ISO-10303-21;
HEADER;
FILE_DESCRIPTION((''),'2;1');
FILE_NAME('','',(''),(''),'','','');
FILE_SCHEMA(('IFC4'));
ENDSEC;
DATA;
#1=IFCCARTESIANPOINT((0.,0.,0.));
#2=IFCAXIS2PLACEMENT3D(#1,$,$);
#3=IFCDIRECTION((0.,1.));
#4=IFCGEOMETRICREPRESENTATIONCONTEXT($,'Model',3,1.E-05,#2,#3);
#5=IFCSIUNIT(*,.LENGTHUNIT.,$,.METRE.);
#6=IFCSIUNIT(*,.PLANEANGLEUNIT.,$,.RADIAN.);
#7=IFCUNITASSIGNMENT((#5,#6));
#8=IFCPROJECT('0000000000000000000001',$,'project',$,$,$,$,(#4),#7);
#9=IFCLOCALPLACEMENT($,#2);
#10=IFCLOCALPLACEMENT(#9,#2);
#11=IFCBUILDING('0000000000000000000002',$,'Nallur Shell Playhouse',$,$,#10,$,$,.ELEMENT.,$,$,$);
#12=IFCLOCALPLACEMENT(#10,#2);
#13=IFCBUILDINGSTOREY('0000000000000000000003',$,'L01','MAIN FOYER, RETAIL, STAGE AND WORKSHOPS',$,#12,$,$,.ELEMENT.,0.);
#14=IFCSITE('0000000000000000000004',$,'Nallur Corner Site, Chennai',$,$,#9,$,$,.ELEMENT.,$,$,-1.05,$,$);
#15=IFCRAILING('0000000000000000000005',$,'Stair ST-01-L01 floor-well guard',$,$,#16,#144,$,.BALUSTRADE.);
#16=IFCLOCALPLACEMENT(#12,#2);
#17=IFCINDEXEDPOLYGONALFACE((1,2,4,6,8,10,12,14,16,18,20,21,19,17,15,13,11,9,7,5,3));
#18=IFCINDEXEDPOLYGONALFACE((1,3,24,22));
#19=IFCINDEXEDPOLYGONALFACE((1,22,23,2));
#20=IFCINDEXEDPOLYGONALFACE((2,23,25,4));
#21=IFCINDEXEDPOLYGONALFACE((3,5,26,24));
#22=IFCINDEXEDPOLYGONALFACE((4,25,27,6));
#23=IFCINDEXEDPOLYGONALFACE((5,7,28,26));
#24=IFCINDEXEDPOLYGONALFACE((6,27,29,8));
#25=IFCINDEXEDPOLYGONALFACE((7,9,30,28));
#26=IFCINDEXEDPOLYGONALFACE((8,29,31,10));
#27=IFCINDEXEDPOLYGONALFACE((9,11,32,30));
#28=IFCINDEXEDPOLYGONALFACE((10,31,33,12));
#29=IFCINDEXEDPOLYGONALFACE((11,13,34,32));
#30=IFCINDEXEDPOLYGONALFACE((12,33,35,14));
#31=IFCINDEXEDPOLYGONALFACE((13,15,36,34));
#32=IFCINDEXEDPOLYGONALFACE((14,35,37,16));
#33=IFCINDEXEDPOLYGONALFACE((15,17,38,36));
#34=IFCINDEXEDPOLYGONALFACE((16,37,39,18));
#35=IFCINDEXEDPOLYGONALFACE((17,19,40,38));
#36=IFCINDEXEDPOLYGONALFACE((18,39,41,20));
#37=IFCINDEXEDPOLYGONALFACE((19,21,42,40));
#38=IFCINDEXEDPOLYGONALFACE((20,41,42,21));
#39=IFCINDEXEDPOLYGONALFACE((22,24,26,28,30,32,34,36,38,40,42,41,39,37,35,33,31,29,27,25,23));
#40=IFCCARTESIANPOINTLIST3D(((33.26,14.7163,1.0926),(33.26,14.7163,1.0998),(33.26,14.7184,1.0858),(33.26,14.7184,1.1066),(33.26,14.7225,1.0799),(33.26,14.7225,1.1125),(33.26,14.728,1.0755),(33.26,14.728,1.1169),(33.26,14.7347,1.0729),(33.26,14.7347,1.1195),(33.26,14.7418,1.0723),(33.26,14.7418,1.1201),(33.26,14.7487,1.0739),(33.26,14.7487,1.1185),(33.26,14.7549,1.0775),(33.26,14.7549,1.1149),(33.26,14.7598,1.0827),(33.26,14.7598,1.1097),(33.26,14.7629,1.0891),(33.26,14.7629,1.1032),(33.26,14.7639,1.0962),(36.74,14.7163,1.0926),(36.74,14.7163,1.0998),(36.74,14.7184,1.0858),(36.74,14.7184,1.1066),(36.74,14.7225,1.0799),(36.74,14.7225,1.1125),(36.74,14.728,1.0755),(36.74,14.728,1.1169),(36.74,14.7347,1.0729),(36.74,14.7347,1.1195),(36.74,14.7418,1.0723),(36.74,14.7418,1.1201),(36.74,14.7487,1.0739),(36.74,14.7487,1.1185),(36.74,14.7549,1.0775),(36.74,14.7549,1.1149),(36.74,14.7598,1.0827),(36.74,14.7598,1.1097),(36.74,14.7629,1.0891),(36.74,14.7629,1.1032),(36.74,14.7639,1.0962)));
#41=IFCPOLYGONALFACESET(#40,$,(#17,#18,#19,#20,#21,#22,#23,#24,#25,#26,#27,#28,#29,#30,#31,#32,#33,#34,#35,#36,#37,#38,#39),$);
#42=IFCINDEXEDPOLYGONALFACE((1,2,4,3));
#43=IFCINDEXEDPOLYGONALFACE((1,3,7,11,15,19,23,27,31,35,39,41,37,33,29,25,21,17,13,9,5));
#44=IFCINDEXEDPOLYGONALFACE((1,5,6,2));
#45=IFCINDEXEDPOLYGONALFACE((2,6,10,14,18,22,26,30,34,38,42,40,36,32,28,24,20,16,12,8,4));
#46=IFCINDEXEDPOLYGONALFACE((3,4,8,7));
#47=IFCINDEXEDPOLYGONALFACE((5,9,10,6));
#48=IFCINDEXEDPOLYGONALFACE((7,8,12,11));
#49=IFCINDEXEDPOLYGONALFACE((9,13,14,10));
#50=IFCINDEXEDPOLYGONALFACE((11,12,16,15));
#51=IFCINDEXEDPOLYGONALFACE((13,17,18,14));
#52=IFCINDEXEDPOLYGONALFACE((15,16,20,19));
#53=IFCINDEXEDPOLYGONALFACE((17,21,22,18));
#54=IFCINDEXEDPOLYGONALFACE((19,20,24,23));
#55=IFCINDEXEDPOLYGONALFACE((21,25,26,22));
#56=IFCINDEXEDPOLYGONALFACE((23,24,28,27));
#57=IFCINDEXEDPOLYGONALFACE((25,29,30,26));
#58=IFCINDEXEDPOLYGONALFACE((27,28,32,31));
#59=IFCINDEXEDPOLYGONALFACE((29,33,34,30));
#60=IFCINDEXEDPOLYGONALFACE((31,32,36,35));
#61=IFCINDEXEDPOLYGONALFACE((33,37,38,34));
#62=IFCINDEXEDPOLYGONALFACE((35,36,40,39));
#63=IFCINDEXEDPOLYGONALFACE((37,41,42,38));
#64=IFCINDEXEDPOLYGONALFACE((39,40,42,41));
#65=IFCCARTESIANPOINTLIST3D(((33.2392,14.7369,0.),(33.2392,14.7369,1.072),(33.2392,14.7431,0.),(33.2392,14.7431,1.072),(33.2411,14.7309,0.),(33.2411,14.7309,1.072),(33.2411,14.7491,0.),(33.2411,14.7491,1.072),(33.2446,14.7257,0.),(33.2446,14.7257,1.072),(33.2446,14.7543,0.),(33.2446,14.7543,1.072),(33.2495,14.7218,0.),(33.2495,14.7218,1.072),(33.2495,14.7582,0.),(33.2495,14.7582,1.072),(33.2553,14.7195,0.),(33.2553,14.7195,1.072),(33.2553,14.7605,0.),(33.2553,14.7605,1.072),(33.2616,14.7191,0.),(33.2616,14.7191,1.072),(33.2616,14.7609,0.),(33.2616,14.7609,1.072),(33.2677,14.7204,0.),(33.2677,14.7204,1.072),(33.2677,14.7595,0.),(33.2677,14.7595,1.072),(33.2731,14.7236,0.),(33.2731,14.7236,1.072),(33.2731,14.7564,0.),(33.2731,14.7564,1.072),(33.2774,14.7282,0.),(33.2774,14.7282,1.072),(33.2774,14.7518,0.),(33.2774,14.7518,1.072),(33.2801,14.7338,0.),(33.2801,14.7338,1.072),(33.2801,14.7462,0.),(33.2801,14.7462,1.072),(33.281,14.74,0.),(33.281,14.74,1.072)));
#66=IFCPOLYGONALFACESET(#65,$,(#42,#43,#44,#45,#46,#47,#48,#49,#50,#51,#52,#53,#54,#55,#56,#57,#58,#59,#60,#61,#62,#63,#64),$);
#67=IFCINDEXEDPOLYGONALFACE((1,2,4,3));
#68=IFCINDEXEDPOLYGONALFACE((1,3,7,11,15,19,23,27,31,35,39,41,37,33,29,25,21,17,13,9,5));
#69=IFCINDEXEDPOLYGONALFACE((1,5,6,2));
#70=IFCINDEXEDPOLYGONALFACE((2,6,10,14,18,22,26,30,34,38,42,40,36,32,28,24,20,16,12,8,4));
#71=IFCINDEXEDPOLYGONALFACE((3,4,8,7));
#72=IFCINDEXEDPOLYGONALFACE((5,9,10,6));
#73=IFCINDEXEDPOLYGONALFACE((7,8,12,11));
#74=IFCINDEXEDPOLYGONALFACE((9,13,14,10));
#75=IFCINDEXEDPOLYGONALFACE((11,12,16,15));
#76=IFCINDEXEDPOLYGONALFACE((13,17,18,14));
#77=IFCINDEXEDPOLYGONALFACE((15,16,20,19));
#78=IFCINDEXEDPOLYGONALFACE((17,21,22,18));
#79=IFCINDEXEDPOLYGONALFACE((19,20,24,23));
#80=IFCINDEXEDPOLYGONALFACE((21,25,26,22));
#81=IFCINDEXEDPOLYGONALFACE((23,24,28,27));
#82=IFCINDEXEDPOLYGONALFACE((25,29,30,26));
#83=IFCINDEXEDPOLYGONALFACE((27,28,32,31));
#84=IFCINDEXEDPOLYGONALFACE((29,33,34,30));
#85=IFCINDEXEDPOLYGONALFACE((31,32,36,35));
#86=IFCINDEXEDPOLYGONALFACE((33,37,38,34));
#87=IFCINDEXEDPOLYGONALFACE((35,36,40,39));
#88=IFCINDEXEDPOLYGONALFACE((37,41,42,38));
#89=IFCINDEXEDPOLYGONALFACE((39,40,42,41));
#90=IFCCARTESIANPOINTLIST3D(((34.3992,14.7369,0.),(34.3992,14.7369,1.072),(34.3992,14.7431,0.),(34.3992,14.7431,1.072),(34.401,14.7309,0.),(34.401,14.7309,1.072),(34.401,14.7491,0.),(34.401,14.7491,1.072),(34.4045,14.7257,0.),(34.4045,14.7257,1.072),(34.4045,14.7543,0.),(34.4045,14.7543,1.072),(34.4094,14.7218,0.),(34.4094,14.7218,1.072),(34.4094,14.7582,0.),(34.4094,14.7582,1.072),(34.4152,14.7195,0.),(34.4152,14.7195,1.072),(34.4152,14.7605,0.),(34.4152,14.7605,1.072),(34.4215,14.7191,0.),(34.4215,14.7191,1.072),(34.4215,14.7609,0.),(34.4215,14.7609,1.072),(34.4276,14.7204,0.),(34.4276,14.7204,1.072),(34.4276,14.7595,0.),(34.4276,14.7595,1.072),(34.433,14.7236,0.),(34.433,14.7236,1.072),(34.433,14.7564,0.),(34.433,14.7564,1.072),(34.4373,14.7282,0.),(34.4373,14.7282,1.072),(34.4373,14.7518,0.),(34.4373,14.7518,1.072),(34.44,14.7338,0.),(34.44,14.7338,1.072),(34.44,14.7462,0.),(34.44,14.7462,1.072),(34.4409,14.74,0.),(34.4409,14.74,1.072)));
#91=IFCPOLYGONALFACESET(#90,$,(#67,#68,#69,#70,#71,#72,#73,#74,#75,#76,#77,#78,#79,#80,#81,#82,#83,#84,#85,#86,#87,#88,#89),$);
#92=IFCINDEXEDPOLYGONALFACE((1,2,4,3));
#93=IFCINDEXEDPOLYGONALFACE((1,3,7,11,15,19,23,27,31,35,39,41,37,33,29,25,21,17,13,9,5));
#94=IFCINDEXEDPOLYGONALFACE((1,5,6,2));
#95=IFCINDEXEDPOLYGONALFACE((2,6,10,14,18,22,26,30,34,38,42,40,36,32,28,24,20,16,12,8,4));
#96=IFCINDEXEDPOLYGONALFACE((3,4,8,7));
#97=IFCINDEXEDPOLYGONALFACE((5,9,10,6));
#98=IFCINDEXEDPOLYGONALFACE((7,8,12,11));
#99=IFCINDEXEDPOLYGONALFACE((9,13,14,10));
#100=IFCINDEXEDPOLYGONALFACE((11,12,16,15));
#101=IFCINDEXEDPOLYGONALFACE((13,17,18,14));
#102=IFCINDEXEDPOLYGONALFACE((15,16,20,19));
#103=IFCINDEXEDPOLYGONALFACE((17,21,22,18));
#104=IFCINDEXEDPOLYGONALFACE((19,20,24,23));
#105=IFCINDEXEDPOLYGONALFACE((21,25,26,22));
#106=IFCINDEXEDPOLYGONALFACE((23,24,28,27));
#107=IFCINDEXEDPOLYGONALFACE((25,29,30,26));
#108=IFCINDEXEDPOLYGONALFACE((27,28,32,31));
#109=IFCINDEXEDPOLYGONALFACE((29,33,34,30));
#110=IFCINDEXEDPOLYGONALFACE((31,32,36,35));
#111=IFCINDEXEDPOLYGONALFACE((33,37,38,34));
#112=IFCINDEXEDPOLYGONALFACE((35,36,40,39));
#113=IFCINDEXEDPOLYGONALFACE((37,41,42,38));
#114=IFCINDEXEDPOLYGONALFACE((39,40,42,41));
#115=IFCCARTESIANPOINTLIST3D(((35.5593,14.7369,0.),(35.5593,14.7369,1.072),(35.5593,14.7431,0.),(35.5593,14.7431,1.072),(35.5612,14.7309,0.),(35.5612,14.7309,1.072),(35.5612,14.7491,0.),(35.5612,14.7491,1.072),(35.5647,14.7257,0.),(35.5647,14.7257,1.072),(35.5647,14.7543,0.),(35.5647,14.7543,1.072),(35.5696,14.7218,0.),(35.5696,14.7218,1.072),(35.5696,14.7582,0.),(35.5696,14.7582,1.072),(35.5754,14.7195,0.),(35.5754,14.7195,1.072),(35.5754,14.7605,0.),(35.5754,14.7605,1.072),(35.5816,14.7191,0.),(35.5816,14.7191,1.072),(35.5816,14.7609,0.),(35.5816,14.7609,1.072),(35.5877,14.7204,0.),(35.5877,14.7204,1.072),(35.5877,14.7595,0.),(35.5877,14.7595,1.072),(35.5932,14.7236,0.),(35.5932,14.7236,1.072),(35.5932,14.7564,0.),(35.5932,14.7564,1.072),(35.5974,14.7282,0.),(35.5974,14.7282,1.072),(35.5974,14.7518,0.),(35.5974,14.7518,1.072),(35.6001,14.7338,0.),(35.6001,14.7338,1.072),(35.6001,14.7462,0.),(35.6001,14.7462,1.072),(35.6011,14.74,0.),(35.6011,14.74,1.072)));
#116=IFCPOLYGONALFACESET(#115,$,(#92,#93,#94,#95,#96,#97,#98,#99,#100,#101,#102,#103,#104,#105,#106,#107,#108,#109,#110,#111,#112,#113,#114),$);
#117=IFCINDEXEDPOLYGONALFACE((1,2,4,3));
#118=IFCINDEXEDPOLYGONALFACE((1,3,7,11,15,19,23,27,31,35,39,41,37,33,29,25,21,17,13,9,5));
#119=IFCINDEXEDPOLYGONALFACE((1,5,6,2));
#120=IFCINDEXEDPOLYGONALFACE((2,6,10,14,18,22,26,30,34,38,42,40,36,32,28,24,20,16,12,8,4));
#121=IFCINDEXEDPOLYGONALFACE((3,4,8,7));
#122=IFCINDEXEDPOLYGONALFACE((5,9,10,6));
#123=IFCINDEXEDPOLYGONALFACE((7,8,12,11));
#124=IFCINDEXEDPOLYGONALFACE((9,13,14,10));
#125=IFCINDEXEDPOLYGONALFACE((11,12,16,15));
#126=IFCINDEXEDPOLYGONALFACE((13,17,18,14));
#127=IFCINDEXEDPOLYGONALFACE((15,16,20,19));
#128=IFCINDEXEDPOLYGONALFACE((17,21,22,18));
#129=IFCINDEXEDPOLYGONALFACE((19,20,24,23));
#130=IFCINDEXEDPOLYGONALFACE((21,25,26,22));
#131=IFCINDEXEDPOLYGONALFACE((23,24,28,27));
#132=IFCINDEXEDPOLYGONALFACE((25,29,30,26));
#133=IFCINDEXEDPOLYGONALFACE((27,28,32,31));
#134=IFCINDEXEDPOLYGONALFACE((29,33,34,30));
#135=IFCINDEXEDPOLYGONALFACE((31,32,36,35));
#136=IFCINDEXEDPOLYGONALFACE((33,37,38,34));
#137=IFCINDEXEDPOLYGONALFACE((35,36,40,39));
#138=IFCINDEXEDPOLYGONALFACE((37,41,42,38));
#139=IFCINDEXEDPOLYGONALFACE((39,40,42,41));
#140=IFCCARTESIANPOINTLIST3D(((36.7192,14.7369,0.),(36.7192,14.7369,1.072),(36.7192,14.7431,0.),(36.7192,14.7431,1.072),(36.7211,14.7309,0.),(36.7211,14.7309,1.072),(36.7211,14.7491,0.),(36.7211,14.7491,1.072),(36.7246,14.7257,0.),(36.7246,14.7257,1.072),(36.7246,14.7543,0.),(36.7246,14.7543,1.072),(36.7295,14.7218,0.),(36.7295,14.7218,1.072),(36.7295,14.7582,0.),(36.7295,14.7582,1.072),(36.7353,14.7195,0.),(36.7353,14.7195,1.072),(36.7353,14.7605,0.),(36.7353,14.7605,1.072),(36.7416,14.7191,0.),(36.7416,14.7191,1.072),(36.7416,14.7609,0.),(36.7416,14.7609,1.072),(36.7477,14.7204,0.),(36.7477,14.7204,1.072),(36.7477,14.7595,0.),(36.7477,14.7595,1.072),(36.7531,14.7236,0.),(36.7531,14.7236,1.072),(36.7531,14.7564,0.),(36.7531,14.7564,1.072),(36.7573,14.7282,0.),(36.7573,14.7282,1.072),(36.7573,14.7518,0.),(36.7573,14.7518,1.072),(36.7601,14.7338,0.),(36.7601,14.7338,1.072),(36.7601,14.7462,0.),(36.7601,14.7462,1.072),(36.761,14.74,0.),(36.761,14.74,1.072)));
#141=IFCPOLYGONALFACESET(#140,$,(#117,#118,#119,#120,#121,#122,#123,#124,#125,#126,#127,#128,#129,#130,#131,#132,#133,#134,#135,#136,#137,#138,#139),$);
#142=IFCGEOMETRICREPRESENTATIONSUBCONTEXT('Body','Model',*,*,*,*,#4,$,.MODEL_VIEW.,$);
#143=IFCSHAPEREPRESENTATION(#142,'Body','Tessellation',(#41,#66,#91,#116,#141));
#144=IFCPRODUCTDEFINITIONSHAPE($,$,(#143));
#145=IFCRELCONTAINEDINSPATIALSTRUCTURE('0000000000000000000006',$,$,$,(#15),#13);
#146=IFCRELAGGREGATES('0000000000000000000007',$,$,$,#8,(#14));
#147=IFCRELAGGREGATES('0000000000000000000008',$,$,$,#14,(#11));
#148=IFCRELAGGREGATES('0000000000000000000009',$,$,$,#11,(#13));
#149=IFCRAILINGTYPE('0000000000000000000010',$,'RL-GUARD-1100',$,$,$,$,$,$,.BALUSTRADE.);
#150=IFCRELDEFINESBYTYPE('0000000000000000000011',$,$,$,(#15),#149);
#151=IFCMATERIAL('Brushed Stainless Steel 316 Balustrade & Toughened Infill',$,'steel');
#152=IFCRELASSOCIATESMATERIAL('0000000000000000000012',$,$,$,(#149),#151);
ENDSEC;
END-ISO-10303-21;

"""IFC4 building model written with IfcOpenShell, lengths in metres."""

from ifc_helpers import new_model, si_unit, direction, frame, origin, origin_2d, place, context, subcontext, project, spatial, circle, extrude, material, type_object, element, save


model = new_model("IFC4")

# Units and contexts
model_context = context("Model", 3, precision=1e-05, world=origin(), true_north=direction((0.0, 1.0)))
body_context = subcontext(model_context, "Body", "Model", "MODEL_VIEW")
ifc_project = project(units=[si_unit("LENGTHUNIT", "METRE"), si_unit("PLANEANGLEUNIT", "RADIAN")], contexts=[model_context])

# Site, building, storey
site_placement = place(None, origin())
site = spatial("IfcSite", under=ifc_project, at=site_placement, Name="Nallur Corner Site, Chennai", CompositionType="ELEMENT", RefElevation=-1.05)
building_placement = place(site_placement, origin())
building = spatial("IfcBuilding", under=site, at=building_placement, Name="Nallur Shell Playhouse", CompositionType="ELEMENT")
storey_placement = place(building_placement, origin())
storey = spatial("IfcBuildingStorey", under=building, at=storey_placement, Name="L01", Description="MAIN FOYER, RETAIL, STAGE AND WORKSHOPS", CompositionType="ELEMENT", Elevation=0.0)

# Railing
ifc_material_1 = material(Name="Brushed Stainless Steel 316 Balustrade & Toughened Infill", Category="steel")
railing_type = type_object("IfcRailingType", Name="RL-GUARD-1100", PredefinedType="BALUSTRADE", material=ifc_material_1)
railing_1_placement = place(storey_placement, frame((33.26, 14.74, 0.0)))
element("IfcRailing", 1, at=railing_1_placement, inside=storey, type_object=railing_type, Name="Stair ST-01-L01 floor-well guard", PredefinedType="BALUSTRADE", context=body_context, shape_type="SweptSolid", body=[
    extrude(circle(Radius=0.0239, at=origin_2d()), frame((0.0, 0.0, 1.0962), z_axis=(1.0, 0.0, 0.0), x_axis=(0.0, 1.0, 0.0)), (0.0, 0.0, 1.0), 3.48),
    extrude(circle(Radius=0.021, at=origin_2d()), origin(), (0.0, 0.0, 1.0), 1.072),
    extrude(circle(Radius=0.021, at=origin_2d()), frame((1.1599, 0.0, 0.0)), (0.0, 0.0, 1.0), 1.072),
    extrude(circle(Radius=0.021, at=origin_2d()), frame((2.3201, 0.0, 0.0)), (0.0, 0.0, 1.0), 1.072),
    extrude(circle(Radius=0.021, at=origin_2d()), frame((3.48, 0.0, 0.0)), (0.0, 0.0, 1.0), 1.072),
])

save(model, "model.ifc")
